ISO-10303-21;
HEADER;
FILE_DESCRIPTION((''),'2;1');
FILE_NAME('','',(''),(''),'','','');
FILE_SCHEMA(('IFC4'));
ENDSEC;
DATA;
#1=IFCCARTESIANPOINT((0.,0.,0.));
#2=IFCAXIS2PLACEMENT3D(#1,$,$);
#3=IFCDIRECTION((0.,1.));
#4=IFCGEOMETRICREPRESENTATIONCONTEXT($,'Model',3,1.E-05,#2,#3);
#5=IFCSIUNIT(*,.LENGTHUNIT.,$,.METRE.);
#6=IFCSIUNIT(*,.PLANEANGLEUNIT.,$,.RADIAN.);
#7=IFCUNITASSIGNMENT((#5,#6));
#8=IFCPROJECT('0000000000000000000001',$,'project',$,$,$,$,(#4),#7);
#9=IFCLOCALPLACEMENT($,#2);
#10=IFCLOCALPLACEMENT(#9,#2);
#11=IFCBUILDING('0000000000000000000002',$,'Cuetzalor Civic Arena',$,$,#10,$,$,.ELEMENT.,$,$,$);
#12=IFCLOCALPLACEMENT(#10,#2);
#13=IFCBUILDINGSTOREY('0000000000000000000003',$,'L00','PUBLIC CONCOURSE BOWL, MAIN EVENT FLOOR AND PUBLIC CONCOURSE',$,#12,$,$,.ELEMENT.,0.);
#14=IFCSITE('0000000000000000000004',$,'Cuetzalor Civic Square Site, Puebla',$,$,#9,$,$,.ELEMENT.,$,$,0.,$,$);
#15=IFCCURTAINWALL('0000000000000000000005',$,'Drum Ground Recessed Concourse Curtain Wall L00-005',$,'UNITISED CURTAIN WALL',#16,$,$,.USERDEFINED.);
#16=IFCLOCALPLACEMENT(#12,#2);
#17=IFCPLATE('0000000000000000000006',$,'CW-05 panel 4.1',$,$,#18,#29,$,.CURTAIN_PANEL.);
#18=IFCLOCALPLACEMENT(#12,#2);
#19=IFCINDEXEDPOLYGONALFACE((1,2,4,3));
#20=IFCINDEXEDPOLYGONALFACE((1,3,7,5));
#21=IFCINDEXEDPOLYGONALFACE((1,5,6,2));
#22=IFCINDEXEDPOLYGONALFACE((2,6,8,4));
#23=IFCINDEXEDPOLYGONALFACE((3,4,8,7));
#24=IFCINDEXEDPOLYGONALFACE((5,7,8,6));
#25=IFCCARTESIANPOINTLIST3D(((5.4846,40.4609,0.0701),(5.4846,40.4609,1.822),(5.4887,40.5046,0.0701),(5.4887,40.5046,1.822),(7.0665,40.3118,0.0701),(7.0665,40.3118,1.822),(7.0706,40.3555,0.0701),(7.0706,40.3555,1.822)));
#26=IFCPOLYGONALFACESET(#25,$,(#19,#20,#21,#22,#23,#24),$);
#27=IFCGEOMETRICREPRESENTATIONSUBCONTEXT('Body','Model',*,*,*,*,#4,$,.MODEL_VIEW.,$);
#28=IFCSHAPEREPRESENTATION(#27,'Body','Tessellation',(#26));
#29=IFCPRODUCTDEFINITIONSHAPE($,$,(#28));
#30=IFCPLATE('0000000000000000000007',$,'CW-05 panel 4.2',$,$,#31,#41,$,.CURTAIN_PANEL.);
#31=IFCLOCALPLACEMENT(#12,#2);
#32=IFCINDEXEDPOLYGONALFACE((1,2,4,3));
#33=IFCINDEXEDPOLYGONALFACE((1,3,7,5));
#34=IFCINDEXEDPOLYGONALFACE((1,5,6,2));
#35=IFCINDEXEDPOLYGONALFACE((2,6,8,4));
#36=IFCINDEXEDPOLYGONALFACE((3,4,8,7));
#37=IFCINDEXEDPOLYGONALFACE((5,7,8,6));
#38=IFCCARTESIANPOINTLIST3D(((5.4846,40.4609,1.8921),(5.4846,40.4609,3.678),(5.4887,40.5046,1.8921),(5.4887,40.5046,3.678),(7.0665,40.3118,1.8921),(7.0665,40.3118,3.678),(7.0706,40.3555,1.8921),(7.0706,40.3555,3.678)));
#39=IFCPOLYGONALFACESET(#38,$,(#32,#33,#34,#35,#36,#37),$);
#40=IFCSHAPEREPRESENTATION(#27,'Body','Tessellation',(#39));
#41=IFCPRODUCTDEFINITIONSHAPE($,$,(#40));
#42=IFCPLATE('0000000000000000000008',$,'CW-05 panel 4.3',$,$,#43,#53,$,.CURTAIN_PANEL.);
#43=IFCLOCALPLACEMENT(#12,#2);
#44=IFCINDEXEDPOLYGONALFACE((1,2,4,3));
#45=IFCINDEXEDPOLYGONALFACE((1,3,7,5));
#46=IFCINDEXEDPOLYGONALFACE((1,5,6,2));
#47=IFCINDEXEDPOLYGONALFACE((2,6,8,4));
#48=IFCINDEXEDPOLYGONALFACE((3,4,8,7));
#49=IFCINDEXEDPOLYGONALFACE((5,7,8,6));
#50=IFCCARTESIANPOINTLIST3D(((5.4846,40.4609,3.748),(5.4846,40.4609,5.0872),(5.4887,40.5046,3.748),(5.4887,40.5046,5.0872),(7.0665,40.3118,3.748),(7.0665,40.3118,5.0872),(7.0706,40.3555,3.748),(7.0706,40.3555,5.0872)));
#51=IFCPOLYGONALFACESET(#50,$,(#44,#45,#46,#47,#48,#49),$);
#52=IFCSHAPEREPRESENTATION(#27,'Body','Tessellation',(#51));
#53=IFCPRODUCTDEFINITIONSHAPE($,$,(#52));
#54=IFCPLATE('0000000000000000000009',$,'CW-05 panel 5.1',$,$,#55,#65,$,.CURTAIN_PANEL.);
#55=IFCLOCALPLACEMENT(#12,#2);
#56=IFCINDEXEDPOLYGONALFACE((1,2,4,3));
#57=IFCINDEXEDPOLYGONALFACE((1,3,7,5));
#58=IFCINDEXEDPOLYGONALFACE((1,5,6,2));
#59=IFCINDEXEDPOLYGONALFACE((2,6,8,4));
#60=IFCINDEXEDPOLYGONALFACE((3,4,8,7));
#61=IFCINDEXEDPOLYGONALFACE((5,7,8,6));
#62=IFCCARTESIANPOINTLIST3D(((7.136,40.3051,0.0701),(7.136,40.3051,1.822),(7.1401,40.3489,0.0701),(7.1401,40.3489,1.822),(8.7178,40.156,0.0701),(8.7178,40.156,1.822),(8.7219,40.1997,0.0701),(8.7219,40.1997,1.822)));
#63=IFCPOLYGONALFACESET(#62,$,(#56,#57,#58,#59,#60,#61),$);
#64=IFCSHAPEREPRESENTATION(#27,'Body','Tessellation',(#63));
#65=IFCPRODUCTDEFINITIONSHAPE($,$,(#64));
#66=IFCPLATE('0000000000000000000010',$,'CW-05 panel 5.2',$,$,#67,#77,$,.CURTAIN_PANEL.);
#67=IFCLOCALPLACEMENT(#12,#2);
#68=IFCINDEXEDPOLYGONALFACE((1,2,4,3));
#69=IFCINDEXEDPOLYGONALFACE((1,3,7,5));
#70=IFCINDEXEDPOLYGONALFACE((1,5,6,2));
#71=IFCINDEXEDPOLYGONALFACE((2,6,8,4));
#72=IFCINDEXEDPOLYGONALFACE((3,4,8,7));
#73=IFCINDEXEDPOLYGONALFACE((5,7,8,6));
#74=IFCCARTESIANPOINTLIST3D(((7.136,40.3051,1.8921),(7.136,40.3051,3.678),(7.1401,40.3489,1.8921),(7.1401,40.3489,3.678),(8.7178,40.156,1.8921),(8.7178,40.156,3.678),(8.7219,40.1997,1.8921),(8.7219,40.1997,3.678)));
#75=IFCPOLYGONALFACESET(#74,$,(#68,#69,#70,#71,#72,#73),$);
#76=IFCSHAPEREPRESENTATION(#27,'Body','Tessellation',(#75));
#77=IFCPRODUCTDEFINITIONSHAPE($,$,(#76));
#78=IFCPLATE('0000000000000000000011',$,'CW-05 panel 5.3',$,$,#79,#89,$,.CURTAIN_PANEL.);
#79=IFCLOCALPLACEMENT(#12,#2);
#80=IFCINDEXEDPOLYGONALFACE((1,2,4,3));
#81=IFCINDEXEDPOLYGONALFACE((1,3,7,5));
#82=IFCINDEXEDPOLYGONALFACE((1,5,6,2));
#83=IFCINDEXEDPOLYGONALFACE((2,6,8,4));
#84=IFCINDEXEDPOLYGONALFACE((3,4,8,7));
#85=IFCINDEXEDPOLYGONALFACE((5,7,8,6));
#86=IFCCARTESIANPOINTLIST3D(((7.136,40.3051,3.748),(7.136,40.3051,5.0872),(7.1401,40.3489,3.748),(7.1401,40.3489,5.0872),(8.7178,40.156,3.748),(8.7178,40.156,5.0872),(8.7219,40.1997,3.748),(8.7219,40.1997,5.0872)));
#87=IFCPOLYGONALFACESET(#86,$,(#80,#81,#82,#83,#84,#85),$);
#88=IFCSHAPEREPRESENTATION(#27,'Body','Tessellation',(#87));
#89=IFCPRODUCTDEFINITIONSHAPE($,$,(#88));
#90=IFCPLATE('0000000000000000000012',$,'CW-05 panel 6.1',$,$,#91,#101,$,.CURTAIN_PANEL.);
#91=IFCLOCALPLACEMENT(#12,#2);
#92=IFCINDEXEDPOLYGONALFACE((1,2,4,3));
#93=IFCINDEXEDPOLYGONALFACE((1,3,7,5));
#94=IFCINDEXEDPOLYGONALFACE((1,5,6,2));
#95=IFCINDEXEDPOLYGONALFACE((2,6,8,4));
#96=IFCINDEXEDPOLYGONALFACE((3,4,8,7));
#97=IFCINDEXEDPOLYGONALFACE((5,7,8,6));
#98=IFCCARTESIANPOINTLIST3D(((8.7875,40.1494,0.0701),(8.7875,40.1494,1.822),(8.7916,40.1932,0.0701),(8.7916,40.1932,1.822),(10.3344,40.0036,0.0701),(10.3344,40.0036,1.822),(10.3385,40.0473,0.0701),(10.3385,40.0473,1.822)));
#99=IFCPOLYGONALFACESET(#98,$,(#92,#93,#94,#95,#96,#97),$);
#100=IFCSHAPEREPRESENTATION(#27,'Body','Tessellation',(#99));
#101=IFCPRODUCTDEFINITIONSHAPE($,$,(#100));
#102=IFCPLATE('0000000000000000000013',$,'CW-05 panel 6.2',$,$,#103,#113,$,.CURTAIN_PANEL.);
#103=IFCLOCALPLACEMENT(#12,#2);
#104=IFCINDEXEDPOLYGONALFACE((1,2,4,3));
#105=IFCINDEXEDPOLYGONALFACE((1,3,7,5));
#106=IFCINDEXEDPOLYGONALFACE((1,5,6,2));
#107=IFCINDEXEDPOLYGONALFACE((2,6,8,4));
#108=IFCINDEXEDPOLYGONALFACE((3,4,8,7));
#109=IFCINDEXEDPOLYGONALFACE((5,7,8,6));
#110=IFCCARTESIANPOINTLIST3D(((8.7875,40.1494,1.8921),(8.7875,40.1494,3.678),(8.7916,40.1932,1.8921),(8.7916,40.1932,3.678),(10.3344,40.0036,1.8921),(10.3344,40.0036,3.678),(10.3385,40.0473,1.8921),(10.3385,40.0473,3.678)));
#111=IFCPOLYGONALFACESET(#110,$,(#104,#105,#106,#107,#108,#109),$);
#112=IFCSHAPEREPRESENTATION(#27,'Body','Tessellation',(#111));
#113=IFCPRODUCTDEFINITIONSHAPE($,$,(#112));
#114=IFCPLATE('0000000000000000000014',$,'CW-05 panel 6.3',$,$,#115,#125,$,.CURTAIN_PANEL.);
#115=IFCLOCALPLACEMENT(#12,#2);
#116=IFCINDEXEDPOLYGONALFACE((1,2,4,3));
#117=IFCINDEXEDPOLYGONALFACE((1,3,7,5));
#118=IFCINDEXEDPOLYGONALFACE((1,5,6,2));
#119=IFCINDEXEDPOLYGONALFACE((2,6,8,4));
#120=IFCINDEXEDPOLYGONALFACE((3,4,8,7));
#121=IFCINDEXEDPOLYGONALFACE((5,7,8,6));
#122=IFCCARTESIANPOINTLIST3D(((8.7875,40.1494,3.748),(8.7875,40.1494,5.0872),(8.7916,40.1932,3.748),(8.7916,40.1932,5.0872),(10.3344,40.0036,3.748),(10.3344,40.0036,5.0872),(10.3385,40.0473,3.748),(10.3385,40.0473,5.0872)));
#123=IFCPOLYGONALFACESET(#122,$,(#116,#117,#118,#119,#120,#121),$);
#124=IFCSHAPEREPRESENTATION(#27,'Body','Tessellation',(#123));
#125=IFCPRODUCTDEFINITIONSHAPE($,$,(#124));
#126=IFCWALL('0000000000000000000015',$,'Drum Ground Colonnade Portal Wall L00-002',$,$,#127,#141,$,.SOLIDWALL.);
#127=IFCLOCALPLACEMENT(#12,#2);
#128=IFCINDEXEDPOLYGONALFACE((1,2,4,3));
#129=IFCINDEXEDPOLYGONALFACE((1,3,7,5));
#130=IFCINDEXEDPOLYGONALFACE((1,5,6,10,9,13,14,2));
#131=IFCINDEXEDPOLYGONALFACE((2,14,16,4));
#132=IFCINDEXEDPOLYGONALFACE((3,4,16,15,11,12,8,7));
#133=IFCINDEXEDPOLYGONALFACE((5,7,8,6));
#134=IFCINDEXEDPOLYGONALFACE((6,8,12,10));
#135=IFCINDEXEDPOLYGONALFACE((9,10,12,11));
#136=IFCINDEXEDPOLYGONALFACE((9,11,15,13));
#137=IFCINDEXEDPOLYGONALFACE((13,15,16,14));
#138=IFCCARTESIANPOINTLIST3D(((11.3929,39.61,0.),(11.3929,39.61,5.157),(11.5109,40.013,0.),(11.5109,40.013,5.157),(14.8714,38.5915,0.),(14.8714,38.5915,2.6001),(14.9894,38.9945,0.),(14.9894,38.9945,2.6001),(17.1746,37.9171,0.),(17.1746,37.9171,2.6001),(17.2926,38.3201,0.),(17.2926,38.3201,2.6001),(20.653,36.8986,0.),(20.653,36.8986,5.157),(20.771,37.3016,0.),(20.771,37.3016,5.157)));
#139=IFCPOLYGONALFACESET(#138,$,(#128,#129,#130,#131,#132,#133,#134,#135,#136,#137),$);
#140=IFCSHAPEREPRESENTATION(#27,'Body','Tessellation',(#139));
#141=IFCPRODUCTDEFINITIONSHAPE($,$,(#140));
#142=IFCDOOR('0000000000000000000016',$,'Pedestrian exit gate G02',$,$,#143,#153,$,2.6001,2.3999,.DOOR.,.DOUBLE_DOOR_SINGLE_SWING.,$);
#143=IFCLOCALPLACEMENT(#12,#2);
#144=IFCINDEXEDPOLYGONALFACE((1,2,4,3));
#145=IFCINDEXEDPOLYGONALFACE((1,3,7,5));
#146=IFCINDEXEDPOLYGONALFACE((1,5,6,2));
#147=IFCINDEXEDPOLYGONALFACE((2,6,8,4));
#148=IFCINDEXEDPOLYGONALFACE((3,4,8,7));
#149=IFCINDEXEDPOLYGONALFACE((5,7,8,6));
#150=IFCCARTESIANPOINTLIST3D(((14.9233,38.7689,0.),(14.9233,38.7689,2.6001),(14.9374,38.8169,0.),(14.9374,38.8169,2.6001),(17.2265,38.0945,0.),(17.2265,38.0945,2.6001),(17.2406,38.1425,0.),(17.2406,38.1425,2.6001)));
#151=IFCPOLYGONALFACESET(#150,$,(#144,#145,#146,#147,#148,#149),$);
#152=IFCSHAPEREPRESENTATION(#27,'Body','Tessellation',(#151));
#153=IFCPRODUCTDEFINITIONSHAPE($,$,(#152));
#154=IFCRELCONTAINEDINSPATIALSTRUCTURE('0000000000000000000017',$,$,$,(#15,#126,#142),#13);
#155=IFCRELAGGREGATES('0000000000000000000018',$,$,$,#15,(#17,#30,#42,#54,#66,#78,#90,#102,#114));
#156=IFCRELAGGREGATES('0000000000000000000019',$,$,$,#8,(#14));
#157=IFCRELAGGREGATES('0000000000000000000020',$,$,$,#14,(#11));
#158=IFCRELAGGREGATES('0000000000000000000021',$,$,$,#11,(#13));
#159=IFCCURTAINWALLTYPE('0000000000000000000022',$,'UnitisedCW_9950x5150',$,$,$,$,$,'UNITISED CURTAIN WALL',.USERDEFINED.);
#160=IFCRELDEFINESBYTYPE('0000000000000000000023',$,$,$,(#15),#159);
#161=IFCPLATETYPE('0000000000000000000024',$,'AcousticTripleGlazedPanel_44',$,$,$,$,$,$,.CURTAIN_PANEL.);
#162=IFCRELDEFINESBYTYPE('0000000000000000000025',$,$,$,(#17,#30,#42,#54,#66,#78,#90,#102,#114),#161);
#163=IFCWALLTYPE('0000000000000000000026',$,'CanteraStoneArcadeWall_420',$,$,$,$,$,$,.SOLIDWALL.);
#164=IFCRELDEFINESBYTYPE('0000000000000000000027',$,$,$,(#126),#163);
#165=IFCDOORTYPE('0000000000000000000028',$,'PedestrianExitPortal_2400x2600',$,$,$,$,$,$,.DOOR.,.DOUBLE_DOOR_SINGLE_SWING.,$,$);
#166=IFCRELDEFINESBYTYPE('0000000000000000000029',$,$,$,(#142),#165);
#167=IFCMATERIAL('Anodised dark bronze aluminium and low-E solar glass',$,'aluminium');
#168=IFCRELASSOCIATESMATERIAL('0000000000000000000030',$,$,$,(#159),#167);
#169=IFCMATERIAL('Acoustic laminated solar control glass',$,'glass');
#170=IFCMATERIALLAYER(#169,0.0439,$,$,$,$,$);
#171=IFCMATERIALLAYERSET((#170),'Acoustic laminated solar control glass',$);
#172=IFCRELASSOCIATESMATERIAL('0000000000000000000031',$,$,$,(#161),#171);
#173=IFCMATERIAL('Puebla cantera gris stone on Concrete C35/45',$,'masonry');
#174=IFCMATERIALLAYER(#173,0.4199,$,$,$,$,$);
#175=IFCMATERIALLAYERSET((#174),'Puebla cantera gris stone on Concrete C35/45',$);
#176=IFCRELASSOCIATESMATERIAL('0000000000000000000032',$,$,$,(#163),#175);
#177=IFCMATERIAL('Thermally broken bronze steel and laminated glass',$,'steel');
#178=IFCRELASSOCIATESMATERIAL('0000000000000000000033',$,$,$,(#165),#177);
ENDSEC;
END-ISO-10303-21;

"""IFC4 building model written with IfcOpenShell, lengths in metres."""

from ifc_helpers import new_model, si_unit, direction, frame, frame_2d, origin, origin_2d, place, context, subcontext, project, spatial, rectangle, extrude, material, layer, layer_set, type_object, element, fill, aggregate, save


model = new_model("IFC4")

# Units and contexts
model_context = context("Model", 3, precision=1e-05, world=origin(), true_north=direction((0.0, 1.0)))
body_context = subcontext(model_context, "Body", "Model", "MODEL_VIEW")
ifc_project = project(units=[si_unit("LENGTHUNIT", "METRE"), si_unit("PLANEANGLEUNIT", "RADIAN")], contexts=[model_context])

# Site, building, storey
site_placement = place(None, origin())
site = spatial("IfcSite", under=ifc_project, at=site_placement, Name="Cuetzalor Civic Square Site, Puebla", CompositionType="ELEMENT", RefElevation=0.0)
building_placement = place(site_placement, origin())
building = spatial("IfcBuilding", under=site, at=building_placement, Name="Cuetzalor Civic Arena", CompositionType="ELEMENT")
storey_placement = place(building_placement, origin())
storey = spatial("IfcBuildingStorey", under=building, at=storey_placement, Name="L00", Description="PUBLIC CONCOURSE BOWL, MAIN EVENT FLOOR AND PUBLIC CONCOURSE", CompositionType="ELEMENT", Elevation=0.0)

# Curtain wall
ifc_material_1 = material(Name="Anodised dark bronze aluminium and low-E solar glass", Category="aluminium")
curtain_wall_type = type_object("IfcCurtainWallType", Name="UnitisedCW_9950x5150", ElementType="UNITISED CURTAIN WALL", PredefinedType="USERDEFINED", material=ifc_material_1)
curtain_wall_placement = place(storey_placement, origin())
curtain_wall = element("IfcCurtainWall", 1, at=curtain_wall_placement, inside=storey, type_object=curtain_wall_type, Name="Drum Ground Recessed Concourse Curtain Wall L00-005", ObjectType="UNITISED CURTAIN WALL", PredefinedType="USERDEFINED")

# Plates
ifc_material_2 = material(Name="Acoustic laminated solar control glass", Category="glass")
ifc_layer_1 = layer(ifc_material_2, 0.0439)
ifc_layer_set_1 = layer_set([ifc_layer_1], Name="Acoustic laminated solar control glass")
plate_type = type_object("IfcPlateType", Name="AcousticTripleGlazedPanel_44", PredefinedType="CURTAIN_PANEL", material=ifc_layer_set_1)
plate_1_placement = place(storey_placement, frame((6.2776, 40.4082, 0.0701), z_axis=(0.0, 0.0, 1.0), x_axis=(0.995585, -0.093863, 0.0)))
plate_1 = element("IfcPlate", 2, at=plate_1_placement, type_object=plate_type, Name="CW-05 panel 4.1", PredefinedType="CURTAIN_PANEL", context=body_context, shape_type="SweptSolid", body=[
    extrude(rectangle(XDim=1.5889, YDim=0.0439, at=origin_2d()), origin(), (0.0, 0.0, 1.0), 1.752),
])
plate_2_placement = place(storey_placement, frame((6.2776, 40.4082, 1.8921), z_axis=(0.0, 0.0, 1.0), x_axis=(0.995585, -0.093863, 0.0)))
plate_2 = element("IfcPlate", 3, at=plate_2_placement, type_object=plate_type, Name="CW-05 panel 4.2", PredefinedType="CURTAIN_PANEL", context=body_context, shape_type="SweptSolid", body=[
    extrude(rectangle(XDim=1.5889, YDim=0.0439, at=origin_2d()), origin(), (0.0, 0.0, 1.0), 1.7859),
])
plate_3_placement = place(storey_placement, frame((6.2776, 40.4082, 3.748), z_axis=(0.0, 0.0, 1.0), x_axis=(0.995585, -0.093863, 0.0)))
plate_3 = element("IfcPlate", 4, at=plate_3_placement, type_object=plate_type, Name="CW-05 panel 4.3", PredefinedType="CURTAIN_PANEL", context=body_context, shape_type="SweptSolid", body=[
    extrude(rectangle(XDim=1.5889, YDim=0.0439, at=origin_2d()), origin(), (0.0, 0.0, 1.0), 1.3391),
])
plate_4_placement = place(storey_placement, frame((7.929, 40.2524, 0.0701), z_axis=(0.0, 0.0, 1.0), x_axis=(0.995585, -0.093863, 0.0)))
plate_4 = element("IfcPlate", 5, at=plate_4_placement, type_object=plate_type, Name="CW-05 panel 5.1", PredefinedType="CURTAIN_PANEL", context=body_context, shape_type="SweptSolid", body=[
    extrude(rectangle(XDim=1.5889, YDim=0.0439, at=origin_2d()), origin(), (0.0, 0.0, 1.0), 1.752),
])
plate_5_placement = place(storey_placement, frame((7.929, 40.2524, 1.8921), z_axis=(0.0, 0.0, 1.0), x_axis=(0.995585, -0.093863, 0.0)))
plate_5 = element("IfcPlate", 6, at=plate_5_placement, type_object=plate_type, Name="CW-05 panel 5.2", PredefinedType="CURTAIN_PANEL", context=body_context, shape_type="SweptSolid", body=[
    extrude(rectangle(XDim=1.5889, YDim=0.0439, at=origin_2d()), origin(), (0.0, 0.0, 1.0), 1.7859),
])
plate_6_placement = place(storey_placement, frame((7.929, 40.2524, 3.748), z_axis=(0.0, 0.0, 1.0), x_axis=(0.995585, -0.093863, 0.0)))
plate_6 = element("IfcPlate", 7, at=plate_6_placement, type_object=plate_type, Name="CW-05 panel 5.3", PredefinedType="CURTAIN_PANEL", context=body_context, shape_type="SweptSolid", body=[
    extrude(rectangle(XDim=1.5889, YDim=0.0439, at=origin_2d()), origin(), (0.0, 0.0, 1.0), 1.3391),
])
plate_7_placement = place(storey_placement, frame((9.563, 40.0984, 0.0701), z_axis=(0.0, 0.0, 1.0), x_axis=(0.995585, -0.093863, 0.0)))
plate_7 = element("IfcPlate", 8, at=plate_7_placement, type_object=plate_type, Name="CW-05 panel 6.1", PredefinedType="CURTAIN_PANEL", context=body_context, shape_type="SweptSolid", body=[
    extrude(rectangle(XDim=1.5537, YDim=0.0439, at=origin_2d()), origin(), (0.0, 0.0, 1.0), 1.752),
])
plate_8_placement = place(storey_placement, frame((9.563, 40.0984, 1.8921), z_axis=(0.0, 0.0, 1.0), x_axis=(0.995585, -0.093863, 0.0)))
plate_8 = element("IfcPlate", 9, at=plate_8_placement, type_object=plate_type, Name="CW-05 panel 6.2", PredefinedType="CURTAIN_PANEL", context=body_context, shape_type="SweptSolid", body=[
    extrude(rectangle(XDim=1.5537, YDim=0.0439, at=origin_2d()), origin(), (0.0, 0.0, 1.0), 1.7859),
])
plate_9_placement = place(storey_placement, frame((9.563, 40.0984, 3.748), z_axis=(0.0, 0.0, 1.0), x_axis=(0.995585, -0.093863, 0.0)))
plate_9 = element("IfcPlate", 10, at=plate_9_placement, type_object=plate_type, Name="CW-05 panel 6.3", PredefinedType="CURTAIN_PANEL", context=body_context, shape_type="SweptSolid", body=[
    extrude(rectangle(XDim=1.5537, YDim=0.0439, at=origin_2d()), origin(), (0.0, 0.0, 1.0), 1.3391),
])
aggregate(curtain_wall, [plate_1, plate_2, plate_3, plate_4, plate_5, plate_6, plate_7, plate_8, plate_9])

# Wall, opening, door
ifc_material_3 = material(Name="Puebla cantera gris stone on Concrete C35/45", Category="masonry")
ifc_layer_2 = layer(ifc_material_3, 0.4199)
ifc_layer_set_2 = layer_set([ifc_layer_2], Name="Puebla cantera gris stone on Concrete C35/45")
wall_type = type_object("IfcWallType", Name="CanteraStoneArcadeWall_420", PredefinedType="SOLIDWALL", material=ifc_layer_set_2)
wall_placement = place(storey_placement, frame((11.4519, 39.8115, 0.0), z_axis=(0.0, 0.0, 1.0), x_axis=(0.959704, -0.281011, 0.0)))
wall = element("IfcWall", 11, at=wall_placement, inside=storey, type_object=wall_type, Name="Drum Ground Colonnade Portal Wall L00-002", PredefinedType="SOLIDWALL", context=body_context, shape_type="SweptSolid", body=[
    extrude(rectangle(XDim=9.6489, YDim=0.4199, at=frame_2d((4.8245, 0.0))), origin(), (0.0, 0.0, 1.0), 5.157),
])
opening_placement = place(wall_placement, frame((3.6245, 0.0, 0.0)))
opening = element("IfcOpeningElement", 12, at=opening_placement, cuts=wall, PredefinedType="OPENING", context=body_context, shape_type="SweptSolid", body=[
    extrude(rectangle(XDim=2.3999, YDim=2.6001, at=frame_2d((1.2, 1.3))), frame((0.0, 0.22, 0.0), z_axis=(0.0, -1.0, 0.0), x_axis=(1.0, 0.0, 0.0)), (0.0, 0.0, 1.0), 0.4399),
])
ifc_material_4 = material(Name="Thermally broken bronze steel and laminated glass", Category="steel")
door_type = type_object("IfcDoorType", Name="PedestrianExitPortal_2400x2600", OperationType="DOUBLE_DOOR_SINGLE_SWING", PredefinedType="DOOR", material=ifc_material_4)
door_placement = place(opening_placement, origin())
door = element("IfcDoor", 13, at=door_placement, inside=storey, type_object=door_type, Name="Pedestrian exit gate G02", OperationType="DOUBLE_DOOR_SINGLE_SWING", OverallHeight=2.6001, OverallWidth=2.3999, PredefinedType="DOOR", context=body_context, shape_type="SweptSolid", body=[
    extrude(rectangle(XDim=2.3999, YDim=2.6001, at=frame_2d((1.2, 1.3))), frame((0.0, 0.0249, 0.0), z_axis=(0.0, -1.0, 0.0), x_axis=(1.0, 0.0, 0.0)), (0.0, 0.0, 1.0), 0.05),
])
fill(opening, door)

save(model, "model.ifc")
